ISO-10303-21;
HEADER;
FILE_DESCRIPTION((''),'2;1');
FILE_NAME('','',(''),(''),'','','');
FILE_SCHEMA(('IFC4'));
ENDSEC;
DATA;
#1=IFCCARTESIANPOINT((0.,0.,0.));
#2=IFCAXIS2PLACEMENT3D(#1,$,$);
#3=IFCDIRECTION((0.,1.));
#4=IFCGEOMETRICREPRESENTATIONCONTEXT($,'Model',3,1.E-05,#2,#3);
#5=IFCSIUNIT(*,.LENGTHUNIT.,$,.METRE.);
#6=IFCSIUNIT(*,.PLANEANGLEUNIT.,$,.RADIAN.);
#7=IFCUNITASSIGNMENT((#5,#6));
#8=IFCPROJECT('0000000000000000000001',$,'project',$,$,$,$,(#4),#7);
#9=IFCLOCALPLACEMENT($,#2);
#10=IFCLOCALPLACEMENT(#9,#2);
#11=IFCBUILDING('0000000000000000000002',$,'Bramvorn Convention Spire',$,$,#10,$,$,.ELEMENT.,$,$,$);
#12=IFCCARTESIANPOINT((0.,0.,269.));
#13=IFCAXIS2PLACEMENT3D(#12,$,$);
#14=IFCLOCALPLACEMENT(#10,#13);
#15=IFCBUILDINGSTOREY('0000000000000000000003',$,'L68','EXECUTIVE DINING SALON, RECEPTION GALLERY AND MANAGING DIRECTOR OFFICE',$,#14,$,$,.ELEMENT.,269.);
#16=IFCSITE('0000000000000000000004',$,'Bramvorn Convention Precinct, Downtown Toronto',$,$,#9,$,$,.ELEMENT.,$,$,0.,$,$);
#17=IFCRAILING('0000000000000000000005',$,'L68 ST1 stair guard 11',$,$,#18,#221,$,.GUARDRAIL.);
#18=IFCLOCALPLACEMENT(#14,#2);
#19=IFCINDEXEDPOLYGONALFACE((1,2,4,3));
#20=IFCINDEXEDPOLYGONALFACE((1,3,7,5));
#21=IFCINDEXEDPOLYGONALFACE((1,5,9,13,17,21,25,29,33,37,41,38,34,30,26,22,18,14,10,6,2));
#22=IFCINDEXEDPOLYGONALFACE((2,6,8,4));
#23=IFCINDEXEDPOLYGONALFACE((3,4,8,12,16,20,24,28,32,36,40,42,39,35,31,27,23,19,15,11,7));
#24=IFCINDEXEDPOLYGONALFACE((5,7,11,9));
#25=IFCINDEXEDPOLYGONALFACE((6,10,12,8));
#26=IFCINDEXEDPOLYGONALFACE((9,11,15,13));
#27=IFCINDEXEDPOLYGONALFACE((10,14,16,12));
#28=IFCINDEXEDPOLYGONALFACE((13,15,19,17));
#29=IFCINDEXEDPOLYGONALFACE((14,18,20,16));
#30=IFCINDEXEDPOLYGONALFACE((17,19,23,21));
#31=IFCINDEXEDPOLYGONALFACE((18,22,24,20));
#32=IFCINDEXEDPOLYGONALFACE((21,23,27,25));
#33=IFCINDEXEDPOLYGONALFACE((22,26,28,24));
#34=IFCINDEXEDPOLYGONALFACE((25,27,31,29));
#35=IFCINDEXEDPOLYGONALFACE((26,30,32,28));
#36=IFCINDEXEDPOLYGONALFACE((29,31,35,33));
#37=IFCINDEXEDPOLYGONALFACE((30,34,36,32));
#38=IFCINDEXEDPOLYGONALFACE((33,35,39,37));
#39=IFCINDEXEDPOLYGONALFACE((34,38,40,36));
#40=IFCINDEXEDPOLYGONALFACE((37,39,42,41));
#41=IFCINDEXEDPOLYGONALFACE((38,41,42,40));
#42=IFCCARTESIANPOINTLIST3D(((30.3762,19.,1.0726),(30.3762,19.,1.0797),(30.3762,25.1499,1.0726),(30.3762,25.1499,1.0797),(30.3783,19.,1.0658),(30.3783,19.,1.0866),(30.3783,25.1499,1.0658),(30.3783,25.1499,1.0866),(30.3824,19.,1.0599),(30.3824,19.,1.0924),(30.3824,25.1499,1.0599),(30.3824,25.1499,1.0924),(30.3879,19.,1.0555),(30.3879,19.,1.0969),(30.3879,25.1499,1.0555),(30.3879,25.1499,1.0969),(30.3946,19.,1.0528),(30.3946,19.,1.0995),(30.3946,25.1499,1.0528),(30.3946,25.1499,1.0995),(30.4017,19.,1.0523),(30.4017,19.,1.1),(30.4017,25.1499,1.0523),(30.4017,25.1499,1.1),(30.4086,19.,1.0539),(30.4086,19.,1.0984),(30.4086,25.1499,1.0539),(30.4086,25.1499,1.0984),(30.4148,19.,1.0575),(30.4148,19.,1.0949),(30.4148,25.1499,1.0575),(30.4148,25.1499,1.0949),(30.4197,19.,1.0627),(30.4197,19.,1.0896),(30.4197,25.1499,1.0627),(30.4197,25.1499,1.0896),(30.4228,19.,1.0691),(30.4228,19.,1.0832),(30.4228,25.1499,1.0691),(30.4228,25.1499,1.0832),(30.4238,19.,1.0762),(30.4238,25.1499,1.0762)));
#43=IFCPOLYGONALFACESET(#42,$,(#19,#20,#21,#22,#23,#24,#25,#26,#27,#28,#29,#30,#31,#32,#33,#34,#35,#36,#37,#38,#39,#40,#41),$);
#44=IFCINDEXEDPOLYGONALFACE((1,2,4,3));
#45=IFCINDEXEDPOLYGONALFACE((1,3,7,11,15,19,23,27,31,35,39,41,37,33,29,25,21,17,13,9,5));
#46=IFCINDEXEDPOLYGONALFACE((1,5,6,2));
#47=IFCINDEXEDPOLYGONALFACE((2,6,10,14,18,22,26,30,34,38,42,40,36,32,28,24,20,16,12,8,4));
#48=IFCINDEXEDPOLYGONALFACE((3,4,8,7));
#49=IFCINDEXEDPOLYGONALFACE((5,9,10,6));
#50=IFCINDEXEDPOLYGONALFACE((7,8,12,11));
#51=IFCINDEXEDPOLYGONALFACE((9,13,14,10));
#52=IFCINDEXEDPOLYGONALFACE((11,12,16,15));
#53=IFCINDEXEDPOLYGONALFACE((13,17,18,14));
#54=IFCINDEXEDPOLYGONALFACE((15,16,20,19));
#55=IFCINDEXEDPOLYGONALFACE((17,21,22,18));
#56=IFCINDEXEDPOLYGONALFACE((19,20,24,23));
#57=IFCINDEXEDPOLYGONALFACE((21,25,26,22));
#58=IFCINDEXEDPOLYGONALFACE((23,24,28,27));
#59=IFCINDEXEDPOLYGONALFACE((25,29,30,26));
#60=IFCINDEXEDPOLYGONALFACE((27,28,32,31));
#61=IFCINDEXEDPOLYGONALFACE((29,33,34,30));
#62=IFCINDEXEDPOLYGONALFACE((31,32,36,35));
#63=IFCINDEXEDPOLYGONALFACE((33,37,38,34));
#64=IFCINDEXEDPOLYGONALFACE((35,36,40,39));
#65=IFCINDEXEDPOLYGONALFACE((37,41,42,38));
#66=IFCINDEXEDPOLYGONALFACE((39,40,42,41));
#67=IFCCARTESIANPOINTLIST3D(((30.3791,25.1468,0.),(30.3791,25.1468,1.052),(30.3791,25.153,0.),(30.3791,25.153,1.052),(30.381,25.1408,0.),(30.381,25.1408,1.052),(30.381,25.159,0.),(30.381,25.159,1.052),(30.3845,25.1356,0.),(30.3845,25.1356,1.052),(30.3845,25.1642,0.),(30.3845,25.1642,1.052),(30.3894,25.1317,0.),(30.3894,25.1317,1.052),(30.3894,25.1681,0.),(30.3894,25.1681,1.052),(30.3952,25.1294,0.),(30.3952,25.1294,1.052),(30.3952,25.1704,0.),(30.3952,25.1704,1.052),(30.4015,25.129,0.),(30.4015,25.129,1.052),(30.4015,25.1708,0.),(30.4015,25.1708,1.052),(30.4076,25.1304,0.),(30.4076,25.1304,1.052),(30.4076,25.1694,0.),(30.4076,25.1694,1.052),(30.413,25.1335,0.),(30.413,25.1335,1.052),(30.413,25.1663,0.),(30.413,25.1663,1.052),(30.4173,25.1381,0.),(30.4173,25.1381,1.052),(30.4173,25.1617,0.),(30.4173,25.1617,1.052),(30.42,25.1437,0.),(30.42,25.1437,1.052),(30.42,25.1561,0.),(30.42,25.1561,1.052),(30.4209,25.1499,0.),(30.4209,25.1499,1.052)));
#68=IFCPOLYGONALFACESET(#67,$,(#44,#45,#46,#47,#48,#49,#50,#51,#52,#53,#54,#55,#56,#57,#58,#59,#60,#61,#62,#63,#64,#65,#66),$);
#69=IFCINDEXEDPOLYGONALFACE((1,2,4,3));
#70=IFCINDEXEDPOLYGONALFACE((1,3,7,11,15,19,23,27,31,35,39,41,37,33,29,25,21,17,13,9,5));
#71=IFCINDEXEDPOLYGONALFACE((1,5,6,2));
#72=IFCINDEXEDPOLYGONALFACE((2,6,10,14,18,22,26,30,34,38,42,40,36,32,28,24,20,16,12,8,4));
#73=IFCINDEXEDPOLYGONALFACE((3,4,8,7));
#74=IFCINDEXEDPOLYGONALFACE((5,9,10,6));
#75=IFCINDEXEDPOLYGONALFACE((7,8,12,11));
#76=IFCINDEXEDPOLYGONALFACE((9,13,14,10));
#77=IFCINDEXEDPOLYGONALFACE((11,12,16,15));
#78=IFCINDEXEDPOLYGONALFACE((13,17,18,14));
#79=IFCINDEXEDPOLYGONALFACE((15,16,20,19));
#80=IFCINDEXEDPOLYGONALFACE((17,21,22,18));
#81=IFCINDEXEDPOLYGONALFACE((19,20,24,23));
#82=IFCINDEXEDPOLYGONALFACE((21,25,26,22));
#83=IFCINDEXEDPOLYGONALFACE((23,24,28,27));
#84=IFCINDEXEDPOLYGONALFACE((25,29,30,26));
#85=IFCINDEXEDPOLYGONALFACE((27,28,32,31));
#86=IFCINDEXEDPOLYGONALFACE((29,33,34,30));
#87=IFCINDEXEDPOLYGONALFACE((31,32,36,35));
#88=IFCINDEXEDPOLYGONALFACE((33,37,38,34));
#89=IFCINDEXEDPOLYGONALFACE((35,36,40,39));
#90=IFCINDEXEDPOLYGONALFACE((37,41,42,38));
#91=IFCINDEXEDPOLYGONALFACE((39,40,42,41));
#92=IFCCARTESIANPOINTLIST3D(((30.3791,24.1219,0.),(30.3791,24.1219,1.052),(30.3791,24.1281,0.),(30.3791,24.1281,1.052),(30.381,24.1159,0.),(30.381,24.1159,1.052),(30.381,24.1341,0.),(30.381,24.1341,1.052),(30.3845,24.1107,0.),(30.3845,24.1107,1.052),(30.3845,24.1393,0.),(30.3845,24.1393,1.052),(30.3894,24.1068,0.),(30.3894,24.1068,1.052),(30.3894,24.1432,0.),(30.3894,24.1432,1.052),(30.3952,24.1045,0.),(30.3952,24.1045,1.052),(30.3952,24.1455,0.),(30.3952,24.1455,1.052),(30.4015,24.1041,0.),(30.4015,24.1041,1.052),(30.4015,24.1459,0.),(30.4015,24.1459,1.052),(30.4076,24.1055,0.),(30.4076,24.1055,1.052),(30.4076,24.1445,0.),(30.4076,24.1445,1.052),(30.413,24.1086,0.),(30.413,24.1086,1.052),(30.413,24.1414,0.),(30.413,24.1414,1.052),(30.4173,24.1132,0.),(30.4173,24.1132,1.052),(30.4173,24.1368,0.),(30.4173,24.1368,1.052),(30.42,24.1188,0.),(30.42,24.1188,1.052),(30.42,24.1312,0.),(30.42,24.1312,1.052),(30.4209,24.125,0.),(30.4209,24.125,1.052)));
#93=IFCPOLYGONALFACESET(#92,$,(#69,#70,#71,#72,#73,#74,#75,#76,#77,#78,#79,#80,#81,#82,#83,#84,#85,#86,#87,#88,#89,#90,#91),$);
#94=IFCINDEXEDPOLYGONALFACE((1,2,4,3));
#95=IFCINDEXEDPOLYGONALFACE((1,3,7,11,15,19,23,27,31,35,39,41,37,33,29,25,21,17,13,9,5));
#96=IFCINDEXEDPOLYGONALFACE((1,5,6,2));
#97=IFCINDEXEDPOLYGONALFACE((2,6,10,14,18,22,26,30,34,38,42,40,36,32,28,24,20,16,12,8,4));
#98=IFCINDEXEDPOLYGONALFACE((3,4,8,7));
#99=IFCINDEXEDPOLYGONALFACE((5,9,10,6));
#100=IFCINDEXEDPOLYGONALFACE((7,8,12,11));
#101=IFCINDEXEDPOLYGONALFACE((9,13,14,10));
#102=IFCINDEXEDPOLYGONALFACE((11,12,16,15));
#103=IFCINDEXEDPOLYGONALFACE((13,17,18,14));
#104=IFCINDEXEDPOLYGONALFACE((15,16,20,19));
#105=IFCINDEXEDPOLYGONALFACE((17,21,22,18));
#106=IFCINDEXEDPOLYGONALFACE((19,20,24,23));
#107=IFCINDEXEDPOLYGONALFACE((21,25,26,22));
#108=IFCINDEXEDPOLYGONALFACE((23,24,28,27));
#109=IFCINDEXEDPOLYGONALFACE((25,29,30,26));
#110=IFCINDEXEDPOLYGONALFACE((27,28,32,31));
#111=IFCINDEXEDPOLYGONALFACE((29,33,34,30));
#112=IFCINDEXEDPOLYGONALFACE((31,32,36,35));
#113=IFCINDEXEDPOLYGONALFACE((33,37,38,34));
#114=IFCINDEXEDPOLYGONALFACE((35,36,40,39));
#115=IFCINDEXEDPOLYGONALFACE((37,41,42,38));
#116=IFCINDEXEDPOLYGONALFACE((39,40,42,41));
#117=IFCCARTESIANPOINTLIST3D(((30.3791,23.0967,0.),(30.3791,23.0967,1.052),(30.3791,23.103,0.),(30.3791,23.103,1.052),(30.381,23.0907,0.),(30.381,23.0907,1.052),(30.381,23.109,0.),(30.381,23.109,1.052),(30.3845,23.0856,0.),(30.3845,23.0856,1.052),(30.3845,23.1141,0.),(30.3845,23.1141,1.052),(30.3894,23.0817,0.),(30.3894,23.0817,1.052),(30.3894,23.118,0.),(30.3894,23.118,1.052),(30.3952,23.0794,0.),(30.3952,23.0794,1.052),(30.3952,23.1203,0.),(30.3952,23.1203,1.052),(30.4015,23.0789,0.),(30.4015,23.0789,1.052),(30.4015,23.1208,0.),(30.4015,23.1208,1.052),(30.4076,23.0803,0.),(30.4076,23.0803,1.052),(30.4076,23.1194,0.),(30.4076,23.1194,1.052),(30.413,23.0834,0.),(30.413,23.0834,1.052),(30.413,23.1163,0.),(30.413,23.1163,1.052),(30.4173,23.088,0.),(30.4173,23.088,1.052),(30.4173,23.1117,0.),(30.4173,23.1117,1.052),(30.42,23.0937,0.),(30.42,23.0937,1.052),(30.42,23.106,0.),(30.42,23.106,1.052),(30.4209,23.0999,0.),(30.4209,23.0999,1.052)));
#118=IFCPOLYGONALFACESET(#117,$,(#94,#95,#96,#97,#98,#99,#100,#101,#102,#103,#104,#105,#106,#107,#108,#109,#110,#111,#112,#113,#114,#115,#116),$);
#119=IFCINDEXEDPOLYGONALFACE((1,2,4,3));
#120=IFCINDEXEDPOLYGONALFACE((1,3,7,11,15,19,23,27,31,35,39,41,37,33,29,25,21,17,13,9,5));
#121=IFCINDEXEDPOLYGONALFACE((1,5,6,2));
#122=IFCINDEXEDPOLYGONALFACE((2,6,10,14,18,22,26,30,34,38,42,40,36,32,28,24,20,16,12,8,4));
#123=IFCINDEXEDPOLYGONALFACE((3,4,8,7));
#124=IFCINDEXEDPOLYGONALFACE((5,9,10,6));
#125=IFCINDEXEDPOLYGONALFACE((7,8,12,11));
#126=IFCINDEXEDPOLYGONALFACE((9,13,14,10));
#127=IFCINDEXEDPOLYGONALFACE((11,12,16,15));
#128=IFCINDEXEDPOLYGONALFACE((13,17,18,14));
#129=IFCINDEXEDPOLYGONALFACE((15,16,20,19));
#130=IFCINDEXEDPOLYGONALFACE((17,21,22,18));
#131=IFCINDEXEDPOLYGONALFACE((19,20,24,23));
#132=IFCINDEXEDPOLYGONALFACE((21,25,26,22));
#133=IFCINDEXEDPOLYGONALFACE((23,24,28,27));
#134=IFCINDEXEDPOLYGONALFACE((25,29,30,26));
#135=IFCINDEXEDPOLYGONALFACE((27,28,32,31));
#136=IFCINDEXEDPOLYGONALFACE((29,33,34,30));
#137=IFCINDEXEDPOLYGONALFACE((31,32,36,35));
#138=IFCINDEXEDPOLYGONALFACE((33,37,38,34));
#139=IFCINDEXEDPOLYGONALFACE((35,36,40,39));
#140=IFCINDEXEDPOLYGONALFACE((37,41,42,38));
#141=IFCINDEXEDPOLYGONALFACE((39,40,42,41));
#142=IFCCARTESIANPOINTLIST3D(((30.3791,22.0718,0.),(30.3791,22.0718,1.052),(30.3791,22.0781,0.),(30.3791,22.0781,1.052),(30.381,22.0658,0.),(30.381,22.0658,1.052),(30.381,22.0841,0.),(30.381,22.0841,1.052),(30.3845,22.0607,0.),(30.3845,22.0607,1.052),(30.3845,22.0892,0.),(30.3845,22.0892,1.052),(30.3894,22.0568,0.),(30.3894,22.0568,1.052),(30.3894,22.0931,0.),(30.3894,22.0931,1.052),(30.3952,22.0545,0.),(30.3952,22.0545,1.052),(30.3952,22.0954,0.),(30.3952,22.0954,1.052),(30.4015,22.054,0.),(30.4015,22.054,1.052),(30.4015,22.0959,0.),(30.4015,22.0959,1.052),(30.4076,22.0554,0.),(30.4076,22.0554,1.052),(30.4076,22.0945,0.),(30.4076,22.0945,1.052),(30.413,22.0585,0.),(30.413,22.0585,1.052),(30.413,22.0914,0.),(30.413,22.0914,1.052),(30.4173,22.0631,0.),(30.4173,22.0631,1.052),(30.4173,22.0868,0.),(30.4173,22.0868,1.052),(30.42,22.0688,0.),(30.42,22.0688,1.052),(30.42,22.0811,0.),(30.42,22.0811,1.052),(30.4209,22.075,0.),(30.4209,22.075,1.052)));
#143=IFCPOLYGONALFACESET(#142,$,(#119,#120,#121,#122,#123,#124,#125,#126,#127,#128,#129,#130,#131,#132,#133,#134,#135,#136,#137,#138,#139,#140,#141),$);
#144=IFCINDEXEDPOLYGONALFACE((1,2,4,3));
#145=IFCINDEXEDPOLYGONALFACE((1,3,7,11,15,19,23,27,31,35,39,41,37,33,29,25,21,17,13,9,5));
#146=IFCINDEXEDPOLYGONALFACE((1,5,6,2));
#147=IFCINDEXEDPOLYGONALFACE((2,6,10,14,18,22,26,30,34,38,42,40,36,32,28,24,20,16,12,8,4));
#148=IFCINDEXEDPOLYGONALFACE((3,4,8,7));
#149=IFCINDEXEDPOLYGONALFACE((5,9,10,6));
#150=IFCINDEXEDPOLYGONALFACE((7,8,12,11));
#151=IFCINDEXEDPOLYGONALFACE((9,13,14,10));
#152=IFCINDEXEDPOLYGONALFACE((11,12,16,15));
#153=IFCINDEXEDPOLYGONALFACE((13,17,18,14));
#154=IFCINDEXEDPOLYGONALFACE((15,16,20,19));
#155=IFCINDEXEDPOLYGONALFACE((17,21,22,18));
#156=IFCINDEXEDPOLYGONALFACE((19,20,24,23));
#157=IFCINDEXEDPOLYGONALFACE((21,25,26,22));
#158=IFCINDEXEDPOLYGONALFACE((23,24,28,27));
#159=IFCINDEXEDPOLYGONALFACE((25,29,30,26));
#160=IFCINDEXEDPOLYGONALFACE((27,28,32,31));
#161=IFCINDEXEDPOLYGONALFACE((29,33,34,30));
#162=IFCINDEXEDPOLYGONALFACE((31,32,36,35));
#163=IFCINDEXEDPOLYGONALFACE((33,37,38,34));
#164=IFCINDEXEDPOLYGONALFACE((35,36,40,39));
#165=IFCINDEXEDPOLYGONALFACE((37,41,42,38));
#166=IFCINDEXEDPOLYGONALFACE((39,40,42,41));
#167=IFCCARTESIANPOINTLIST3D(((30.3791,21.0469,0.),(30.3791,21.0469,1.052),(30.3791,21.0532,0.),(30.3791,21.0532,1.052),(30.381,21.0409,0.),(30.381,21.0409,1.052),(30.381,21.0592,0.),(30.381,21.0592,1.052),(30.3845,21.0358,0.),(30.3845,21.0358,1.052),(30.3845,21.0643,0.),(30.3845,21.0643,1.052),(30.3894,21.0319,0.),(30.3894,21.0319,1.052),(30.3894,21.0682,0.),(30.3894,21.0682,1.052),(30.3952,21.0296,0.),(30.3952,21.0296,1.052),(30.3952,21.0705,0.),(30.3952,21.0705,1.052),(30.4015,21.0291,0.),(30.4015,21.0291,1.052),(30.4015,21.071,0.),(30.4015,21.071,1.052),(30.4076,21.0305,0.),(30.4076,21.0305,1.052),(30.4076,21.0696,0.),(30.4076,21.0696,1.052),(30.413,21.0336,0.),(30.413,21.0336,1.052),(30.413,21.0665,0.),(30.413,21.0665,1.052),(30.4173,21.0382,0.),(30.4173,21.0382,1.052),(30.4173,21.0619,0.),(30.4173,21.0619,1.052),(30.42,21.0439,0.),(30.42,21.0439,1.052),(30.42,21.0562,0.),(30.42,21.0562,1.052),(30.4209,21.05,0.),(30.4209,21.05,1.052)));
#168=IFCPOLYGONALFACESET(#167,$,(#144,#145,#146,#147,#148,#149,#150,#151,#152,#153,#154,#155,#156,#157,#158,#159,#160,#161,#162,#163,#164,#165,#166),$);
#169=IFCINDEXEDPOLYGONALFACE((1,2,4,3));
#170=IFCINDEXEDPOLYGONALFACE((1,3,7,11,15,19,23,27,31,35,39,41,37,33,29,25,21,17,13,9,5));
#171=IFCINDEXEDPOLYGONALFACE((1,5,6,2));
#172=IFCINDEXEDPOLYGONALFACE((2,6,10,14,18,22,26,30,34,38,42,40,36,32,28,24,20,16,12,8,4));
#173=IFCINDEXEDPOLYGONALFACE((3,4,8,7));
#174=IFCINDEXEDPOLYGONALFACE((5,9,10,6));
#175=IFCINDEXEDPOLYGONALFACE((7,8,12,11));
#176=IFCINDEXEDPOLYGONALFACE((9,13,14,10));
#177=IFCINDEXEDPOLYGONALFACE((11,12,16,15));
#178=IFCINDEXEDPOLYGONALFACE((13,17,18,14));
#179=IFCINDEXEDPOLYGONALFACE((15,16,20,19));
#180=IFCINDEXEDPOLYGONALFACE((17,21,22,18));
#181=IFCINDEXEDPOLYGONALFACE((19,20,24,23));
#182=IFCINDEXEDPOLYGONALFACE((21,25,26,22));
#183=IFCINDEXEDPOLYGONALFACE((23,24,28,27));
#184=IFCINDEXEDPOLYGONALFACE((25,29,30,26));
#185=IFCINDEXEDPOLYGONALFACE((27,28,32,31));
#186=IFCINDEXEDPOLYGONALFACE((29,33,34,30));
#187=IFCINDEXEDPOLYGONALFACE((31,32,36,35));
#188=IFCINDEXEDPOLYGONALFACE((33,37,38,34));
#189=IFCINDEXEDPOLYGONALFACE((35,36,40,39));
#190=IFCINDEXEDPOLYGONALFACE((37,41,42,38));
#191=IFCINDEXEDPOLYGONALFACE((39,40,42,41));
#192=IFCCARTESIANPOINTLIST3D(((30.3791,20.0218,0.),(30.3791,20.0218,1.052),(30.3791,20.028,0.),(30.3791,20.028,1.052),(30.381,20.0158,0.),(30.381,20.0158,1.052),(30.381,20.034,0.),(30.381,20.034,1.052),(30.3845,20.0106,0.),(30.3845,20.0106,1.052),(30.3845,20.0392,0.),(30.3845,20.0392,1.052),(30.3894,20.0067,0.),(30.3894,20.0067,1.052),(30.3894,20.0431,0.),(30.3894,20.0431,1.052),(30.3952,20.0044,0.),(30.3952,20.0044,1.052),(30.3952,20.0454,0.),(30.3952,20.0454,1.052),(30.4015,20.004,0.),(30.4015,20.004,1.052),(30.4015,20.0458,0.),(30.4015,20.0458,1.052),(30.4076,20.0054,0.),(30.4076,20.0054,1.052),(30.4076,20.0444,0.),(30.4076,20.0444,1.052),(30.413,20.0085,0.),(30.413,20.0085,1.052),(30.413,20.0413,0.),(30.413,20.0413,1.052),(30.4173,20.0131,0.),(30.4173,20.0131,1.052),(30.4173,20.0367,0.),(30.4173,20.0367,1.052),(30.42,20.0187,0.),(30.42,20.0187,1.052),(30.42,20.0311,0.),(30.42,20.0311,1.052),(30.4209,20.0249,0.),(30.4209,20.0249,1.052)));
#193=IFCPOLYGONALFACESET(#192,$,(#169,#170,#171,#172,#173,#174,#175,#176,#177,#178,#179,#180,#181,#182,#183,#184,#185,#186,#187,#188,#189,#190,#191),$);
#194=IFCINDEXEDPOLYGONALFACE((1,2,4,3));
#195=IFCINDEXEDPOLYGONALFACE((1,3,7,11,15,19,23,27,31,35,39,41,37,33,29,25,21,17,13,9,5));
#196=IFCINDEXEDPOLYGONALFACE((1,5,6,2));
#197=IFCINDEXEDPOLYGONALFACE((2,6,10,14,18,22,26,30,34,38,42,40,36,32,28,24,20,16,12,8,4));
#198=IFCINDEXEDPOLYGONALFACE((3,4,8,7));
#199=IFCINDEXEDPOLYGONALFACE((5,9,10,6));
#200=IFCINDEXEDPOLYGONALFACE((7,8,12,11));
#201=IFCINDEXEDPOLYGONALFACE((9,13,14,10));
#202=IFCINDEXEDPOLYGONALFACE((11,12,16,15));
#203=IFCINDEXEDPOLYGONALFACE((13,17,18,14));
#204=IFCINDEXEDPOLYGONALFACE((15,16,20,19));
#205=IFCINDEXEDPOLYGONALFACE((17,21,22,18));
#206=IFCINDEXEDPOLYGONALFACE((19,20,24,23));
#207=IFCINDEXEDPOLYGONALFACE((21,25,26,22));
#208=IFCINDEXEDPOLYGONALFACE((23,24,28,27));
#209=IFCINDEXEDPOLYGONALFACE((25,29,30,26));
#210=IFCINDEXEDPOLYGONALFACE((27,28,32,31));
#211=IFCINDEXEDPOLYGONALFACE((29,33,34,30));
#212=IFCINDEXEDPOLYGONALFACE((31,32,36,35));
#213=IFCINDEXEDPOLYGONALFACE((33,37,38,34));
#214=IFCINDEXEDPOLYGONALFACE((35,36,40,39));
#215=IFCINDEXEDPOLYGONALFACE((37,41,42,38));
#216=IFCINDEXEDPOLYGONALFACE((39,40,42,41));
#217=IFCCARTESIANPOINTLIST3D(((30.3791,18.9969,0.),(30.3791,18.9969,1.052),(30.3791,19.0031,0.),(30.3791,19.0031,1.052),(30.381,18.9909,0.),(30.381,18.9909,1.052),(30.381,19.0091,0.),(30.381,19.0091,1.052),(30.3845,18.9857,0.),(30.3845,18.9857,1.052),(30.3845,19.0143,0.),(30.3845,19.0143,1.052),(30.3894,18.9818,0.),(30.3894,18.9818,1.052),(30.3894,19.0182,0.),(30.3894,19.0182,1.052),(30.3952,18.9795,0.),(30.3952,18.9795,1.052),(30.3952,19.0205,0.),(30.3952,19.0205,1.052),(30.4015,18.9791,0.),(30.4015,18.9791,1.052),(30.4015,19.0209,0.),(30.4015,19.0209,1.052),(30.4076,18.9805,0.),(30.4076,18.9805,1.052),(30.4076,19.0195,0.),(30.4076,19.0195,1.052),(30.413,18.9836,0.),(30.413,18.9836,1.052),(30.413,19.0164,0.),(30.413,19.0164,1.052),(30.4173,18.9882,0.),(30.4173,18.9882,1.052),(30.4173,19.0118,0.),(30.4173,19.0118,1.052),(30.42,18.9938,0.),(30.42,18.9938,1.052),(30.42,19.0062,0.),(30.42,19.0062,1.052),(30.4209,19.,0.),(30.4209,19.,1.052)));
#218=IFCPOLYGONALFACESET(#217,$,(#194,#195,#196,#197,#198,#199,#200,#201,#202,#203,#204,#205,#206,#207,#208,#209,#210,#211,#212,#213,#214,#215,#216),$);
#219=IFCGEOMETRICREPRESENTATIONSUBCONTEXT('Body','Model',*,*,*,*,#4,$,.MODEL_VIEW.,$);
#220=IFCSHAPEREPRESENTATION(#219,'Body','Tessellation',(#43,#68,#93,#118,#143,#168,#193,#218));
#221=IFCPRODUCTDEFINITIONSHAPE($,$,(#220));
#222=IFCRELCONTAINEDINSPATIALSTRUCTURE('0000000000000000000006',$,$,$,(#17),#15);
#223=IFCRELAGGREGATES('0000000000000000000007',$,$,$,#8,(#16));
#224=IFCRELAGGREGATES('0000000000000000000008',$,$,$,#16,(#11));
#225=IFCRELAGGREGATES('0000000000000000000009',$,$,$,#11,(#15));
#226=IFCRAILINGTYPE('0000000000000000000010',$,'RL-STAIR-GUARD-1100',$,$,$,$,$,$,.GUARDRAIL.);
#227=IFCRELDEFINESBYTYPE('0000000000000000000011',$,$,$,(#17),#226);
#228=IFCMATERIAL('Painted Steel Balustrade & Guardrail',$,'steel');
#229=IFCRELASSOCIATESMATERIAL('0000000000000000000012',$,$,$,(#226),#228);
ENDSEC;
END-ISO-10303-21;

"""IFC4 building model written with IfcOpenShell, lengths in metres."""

from ifc_helpers import new_model, si_unit, direction, frame, origin, origin_2d, place, context, subcontext, project, spatial, circle, extrude, material, type_object, element, save


model = new_model("IFC4")

# Units and contexts
model_context = context("Model", 3, precision=1e-05, world=origin(), true_north=direction((0.0, 1.0)))
body_context = subcontext(model_context, "Body", "Model", "MODEL_VIEW")
ifc_project = project(units=[si_unit("LENGTHUNIT", "METRE"), si_unit("PLANEANGLEUNIT", "RADIAN")], contexts=[model_context])

# Site, building, storey
site_placement = place(None, origin())
site = spatial("IfcSite", under=ifc_project, at=site_placement, Name="Bramvorn Convention Precinct, Downtown Toronto", CompositionType="ELEMENT", RefElevation=0.0)
building_placement = place(site_placement, origin())
building = spatial("IfcBuilding", under=site, at=building_placement, Name="Bramvorn Convention Spire", CompositionType="ELEMENT")
storey_placement = place(building_placement, frame((0.0, 0.0, 269.0)))
storey = spatial("IfcBuildingStorey", under=building, at=storey_placement, Name="L68", Description="EXECUTIVE DINING SALON, RECEPTION GALLERY AND MANAGING DIRECTOR OFFICE", CompositionType="ELEMENT", Elevation=269.0)

# Railing
ifc_material_1 = material(Name="Painted Steel Balustrade & Guardrail", Category="steel")
railing_type_1 = type_object("IfcRailingType", Name="RL-STAIR-GUARD-1100", PredefinedType="GUARDRAIL", material=ifc_material_1)
railing_1_placement = place(storey_placement, frame((30.3999, 25.1499, 0.0)))
element("IfcRailing", 1, at=railing_1_placement, inside=storey, type_object=railing_type_1, Name="L68 ST1 stair guard 11", PredefinedType="GUARDRAIL", context=body_context, shape_type="SweptSolid", body=[
    extrude(circle(Radius=0.0239, at=origin_2d()), frame((0.0, 0.0, 1.0762), z_axis=(0.0, -1.0, 0.0), x_axis=(1.0, 0.0, 0.0)), (0.0, 0.0, 1.0), 6.1499),
    extrude(circle(Radius=0.021, at=origin_2d()), origin(), (0.0, 0.0, 1.0), 1.052),
    extrude(circle(Radius=0.021, at=origin_2d()), frame((0.0, -1.0249, 0.0)), (0.0, 0.0, 1.0), 1.052),
    extrude(circle(Radius=0.021, at=origin_2d()), frame((0.0, -2.05, 0.0)), (0.0, 0.0, 1.0), 1.052),
    extrude(circle(Radius=0.021, at=origin_2d()), frame((0.0, -3.075, 0.0)), (0.0, 0.0, 1.0), 1.052),
    extrude(circle(Radius=0.021, at=origin_2d()), frame((0.0, -4.0999, 0.0)), (0.0, 0.0, 1.0), 1.052),
    extrude(circle(Radius=0.021, at=origin_2d()), frame((0.0, -5.125, 0.0)), (0.0, 0.0, 1.0), 1.052),
    extrude(circle(Radius=0.021, at=origin_2d()), frame((0.0, -6.1499, 0.0)), (0.0, 0.0, 1.0), 1.052),
])

save(model, "model.ifc")
